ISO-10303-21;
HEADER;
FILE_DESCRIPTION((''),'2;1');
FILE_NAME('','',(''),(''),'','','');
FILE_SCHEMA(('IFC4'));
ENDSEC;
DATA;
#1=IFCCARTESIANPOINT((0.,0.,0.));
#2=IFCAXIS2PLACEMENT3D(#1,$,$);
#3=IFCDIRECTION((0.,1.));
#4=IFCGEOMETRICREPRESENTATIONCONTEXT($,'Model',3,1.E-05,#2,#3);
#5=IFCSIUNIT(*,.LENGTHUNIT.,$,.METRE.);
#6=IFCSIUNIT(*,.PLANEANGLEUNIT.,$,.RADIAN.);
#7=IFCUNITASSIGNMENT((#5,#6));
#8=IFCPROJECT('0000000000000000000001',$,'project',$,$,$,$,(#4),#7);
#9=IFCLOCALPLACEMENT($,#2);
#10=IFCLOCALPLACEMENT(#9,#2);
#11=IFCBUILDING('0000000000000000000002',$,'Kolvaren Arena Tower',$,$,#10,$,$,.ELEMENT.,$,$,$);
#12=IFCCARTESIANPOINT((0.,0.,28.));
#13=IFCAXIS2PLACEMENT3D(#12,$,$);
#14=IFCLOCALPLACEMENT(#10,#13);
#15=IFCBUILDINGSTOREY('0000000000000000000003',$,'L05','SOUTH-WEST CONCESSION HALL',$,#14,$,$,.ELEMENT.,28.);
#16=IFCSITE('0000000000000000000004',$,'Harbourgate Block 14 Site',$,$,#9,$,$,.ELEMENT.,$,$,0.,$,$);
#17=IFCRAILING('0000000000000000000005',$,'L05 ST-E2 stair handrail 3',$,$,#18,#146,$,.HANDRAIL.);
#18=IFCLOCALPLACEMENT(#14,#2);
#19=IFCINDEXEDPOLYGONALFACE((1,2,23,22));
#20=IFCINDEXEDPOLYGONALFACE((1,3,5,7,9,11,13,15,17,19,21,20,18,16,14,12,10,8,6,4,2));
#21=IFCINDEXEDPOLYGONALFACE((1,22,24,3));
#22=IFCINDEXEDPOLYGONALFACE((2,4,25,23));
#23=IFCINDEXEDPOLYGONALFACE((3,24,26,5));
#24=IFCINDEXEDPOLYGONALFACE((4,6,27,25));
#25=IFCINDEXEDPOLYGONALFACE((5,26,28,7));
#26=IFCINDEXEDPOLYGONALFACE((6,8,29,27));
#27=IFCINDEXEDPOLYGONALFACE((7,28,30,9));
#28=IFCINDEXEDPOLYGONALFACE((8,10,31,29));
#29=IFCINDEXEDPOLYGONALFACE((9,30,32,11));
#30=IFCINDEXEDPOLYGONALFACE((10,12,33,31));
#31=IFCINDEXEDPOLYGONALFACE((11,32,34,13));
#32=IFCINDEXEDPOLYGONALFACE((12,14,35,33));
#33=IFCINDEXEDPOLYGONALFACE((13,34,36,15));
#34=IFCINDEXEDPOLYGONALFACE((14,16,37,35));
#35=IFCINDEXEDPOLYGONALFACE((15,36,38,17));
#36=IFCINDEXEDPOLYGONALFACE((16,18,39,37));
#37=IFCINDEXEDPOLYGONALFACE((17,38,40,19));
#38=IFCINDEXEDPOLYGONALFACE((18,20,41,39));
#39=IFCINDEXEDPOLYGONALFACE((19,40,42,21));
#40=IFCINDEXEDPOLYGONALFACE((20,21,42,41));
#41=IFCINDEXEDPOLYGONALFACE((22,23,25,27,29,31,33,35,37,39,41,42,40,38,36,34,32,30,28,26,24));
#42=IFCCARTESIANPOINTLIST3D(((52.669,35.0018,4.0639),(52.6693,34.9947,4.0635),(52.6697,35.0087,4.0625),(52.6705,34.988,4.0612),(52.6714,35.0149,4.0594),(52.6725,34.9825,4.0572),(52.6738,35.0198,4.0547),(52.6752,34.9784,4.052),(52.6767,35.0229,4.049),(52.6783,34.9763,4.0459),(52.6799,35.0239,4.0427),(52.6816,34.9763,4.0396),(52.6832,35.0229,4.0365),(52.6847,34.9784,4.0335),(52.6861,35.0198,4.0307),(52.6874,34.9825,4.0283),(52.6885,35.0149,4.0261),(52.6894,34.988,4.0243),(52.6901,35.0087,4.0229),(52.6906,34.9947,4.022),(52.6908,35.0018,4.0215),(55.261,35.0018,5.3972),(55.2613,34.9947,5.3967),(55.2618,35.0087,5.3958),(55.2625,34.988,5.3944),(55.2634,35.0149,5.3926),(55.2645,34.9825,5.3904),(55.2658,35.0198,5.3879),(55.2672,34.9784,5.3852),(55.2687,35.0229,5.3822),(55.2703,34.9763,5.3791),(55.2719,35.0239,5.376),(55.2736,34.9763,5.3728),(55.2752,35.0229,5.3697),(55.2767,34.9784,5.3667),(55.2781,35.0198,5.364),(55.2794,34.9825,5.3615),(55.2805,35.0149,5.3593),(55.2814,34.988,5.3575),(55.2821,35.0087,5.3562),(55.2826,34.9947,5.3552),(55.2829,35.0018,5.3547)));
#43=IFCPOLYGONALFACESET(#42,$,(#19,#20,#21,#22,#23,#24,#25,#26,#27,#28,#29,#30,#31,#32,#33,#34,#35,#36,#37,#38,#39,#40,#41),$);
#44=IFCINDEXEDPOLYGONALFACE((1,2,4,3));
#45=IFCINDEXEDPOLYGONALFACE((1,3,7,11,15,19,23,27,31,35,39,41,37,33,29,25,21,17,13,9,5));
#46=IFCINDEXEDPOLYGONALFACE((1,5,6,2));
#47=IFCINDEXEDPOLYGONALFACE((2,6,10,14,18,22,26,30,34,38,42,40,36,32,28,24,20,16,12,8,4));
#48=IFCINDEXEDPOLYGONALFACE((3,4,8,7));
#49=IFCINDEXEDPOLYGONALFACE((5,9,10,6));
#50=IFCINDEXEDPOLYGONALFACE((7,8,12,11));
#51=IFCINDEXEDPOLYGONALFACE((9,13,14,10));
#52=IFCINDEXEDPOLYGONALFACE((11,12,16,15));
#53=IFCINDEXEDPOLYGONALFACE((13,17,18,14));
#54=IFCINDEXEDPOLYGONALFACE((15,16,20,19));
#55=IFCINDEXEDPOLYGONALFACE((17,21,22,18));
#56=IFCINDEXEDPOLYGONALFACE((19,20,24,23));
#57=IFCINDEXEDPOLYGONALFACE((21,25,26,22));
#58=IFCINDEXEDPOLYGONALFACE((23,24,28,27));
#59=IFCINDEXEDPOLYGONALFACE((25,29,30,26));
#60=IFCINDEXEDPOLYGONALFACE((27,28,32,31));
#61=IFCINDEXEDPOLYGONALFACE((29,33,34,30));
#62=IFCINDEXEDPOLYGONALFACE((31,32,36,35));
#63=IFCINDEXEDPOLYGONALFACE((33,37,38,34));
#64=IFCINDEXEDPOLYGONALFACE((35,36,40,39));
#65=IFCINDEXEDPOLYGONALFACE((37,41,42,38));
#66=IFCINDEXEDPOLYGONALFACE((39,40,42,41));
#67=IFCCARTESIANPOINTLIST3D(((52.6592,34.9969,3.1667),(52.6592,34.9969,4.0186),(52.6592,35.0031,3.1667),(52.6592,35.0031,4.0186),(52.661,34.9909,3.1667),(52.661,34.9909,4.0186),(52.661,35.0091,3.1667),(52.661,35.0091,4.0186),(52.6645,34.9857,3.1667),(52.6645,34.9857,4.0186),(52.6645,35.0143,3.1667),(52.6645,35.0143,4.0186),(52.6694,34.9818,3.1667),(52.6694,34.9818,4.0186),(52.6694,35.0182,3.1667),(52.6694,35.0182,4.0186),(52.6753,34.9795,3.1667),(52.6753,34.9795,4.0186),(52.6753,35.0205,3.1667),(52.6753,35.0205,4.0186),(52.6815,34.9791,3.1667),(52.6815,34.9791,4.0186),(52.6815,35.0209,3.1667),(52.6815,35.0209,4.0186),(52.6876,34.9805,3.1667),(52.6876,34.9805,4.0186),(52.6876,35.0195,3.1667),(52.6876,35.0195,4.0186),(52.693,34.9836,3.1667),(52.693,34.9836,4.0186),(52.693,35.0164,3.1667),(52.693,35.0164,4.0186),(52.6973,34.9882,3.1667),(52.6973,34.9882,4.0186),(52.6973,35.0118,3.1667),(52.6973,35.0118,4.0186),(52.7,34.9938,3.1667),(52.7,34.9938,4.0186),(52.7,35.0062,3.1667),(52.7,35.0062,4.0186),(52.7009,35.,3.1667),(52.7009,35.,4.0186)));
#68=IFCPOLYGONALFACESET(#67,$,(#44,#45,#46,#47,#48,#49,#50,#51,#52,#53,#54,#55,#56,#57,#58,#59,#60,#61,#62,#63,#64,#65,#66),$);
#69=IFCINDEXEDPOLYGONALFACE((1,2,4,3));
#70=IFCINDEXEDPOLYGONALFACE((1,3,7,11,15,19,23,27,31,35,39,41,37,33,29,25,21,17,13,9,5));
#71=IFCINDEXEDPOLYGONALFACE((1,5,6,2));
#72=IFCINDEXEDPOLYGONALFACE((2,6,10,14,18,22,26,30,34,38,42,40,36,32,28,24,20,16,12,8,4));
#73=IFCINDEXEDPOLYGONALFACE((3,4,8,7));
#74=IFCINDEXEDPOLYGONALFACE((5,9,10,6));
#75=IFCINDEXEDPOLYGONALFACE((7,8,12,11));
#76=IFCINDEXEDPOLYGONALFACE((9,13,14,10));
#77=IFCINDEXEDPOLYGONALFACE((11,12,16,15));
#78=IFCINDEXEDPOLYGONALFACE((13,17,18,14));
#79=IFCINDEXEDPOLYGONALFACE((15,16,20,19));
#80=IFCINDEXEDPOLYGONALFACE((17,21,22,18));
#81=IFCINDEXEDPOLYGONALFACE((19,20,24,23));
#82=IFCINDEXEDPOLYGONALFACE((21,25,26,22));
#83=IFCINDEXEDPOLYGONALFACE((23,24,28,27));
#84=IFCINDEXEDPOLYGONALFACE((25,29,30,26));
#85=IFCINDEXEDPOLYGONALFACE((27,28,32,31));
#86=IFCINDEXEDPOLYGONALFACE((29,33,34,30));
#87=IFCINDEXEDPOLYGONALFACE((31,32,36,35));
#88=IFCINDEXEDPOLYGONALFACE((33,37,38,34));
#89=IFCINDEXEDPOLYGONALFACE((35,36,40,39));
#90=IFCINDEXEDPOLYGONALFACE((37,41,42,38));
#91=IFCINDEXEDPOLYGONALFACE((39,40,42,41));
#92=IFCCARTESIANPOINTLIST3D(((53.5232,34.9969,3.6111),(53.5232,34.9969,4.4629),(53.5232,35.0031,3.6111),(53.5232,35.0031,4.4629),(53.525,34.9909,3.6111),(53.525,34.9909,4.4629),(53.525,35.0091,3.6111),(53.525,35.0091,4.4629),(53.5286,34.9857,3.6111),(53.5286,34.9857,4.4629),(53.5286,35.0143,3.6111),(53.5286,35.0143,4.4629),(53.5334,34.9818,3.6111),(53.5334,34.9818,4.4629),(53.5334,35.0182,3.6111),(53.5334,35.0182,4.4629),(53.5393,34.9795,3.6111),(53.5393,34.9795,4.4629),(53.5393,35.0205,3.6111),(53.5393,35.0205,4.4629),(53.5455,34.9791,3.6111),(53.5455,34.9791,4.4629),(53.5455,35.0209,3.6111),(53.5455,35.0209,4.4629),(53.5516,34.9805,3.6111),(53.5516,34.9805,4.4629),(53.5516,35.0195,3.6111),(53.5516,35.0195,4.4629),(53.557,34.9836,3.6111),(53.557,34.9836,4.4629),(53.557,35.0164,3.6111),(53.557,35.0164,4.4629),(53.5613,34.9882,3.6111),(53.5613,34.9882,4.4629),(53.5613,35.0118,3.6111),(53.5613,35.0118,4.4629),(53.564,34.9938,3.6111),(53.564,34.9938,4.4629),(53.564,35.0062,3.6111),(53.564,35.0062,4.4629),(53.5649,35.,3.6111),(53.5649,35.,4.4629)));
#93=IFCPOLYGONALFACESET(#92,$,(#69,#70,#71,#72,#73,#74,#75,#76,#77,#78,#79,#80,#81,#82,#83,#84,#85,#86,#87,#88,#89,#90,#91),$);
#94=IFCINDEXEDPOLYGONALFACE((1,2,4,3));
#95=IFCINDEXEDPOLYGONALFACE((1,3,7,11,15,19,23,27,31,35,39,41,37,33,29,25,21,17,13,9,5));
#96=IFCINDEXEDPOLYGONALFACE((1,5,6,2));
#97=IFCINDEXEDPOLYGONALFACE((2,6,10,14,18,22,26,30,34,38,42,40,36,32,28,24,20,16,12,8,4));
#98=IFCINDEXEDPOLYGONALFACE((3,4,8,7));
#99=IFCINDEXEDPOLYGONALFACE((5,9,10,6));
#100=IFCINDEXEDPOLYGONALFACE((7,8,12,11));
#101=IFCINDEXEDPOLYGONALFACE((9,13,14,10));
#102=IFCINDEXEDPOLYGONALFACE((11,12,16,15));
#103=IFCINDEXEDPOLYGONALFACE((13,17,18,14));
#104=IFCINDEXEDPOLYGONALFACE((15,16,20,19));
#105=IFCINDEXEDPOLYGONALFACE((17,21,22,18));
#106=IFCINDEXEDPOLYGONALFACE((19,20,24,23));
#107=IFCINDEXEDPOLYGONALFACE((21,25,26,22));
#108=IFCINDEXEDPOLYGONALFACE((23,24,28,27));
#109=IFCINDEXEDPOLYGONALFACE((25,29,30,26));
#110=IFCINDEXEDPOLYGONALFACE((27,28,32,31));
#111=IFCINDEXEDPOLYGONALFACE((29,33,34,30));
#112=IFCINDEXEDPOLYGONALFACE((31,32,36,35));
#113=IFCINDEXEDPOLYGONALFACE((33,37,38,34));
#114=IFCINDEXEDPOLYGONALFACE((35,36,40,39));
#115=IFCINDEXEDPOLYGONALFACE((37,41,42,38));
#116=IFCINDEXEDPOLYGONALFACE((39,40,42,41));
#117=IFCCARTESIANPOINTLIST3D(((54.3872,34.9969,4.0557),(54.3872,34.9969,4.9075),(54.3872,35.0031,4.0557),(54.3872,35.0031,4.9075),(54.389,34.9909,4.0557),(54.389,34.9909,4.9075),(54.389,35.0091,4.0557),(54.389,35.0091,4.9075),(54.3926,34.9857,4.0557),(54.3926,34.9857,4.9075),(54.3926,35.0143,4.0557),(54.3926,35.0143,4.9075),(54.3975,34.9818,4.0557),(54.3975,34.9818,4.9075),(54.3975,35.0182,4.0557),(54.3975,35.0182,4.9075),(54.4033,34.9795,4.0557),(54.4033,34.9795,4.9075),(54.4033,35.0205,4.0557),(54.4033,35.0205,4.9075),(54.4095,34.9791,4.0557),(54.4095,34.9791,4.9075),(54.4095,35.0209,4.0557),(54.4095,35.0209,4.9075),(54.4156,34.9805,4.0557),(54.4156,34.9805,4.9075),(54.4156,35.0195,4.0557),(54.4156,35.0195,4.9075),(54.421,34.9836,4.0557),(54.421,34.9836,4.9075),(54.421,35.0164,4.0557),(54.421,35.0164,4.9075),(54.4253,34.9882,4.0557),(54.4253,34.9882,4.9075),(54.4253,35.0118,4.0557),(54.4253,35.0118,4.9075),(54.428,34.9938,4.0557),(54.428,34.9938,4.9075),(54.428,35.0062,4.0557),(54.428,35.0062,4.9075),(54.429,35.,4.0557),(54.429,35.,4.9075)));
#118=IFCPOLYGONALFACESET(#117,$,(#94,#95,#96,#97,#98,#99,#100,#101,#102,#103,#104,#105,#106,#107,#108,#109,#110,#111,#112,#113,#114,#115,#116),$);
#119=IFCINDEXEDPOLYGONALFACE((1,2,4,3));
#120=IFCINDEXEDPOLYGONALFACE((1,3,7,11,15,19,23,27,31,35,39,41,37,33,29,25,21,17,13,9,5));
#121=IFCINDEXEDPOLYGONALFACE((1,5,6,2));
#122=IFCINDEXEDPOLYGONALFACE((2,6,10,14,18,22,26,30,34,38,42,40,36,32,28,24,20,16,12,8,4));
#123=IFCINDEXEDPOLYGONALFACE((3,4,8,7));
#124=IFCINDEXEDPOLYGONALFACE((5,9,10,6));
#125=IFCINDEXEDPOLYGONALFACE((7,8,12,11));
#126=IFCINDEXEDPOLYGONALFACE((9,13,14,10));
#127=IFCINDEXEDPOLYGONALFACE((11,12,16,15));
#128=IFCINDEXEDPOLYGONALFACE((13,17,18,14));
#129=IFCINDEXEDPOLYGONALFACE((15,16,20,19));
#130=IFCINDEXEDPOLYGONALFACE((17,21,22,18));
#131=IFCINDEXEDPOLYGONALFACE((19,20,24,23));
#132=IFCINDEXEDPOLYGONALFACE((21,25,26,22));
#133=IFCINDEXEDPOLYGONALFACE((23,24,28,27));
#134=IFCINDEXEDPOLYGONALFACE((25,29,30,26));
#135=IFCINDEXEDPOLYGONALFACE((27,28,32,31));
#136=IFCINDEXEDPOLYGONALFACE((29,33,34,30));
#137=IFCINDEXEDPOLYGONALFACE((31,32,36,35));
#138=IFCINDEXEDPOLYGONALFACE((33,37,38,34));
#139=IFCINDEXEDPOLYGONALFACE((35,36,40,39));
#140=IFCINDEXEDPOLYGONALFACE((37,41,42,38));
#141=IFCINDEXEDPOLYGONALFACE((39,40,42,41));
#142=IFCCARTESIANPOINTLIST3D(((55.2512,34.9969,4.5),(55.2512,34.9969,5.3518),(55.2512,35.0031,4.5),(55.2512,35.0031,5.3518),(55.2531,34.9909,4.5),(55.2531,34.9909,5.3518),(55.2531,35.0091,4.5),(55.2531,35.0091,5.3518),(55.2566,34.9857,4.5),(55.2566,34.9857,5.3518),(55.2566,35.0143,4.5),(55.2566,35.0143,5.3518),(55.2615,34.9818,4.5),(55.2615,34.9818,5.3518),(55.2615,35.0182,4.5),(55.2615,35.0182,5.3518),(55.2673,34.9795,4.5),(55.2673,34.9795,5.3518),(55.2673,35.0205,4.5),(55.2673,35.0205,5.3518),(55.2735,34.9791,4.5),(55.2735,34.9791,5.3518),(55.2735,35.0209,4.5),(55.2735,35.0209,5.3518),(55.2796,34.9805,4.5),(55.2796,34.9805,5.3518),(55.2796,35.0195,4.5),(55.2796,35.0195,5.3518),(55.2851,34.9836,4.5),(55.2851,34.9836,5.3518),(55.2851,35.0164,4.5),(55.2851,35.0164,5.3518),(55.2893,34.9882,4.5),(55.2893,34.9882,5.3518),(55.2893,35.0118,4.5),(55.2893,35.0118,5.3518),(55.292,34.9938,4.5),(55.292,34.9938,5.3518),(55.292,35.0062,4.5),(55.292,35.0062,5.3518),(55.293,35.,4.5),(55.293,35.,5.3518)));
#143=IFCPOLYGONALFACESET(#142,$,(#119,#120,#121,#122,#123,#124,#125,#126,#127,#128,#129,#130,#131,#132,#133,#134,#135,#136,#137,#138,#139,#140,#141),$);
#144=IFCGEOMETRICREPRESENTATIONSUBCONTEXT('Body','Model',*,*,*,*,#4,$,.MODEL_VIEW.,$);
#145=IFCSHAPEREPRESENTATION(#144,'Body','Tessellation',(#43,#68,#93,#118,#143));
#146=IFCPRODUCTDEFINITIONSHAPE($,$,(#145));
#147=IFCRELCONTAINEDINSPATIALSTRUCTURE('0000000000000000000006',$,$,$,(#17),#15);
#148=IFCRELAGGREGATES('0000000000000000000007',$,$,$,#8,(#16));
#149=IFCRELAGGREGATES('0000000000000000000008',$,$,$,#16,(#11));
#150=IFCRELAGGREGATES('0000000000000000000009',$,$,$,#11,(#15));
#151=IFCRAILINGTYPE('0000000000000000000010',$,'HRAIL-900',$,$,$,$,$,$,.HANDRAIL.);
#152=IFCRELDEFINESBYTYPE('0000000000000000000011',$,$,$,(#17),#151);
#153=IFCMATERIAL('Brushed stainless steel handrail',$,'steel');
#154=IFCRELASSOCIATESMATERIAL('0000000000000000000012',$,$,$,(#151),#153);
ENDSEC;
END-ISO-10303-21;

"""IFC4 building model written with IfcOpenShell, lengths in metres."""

from ifc_helpers import new_model, si_unit, direction, frame, origin, origin_2d, place, context, subcontext, project, spatial, circle, extrude, material, type_object, element, save


model = new_model("IFC4")

# Units and contexts
model_context = context("Model", 3, precision=1e-05, world=origin(), true_north=direction((0.0, 1.0)))
body_context = subcontext(model_context, "Body", "Model", "MODEL_VIEW")
ifc_project = project(units=[si_unit("LENGTHUNIT", "METRE"), si_unit("PLANEANGLEUNIT", "RADIAN")], contexts=[model_context])

# Site, building, storey
site_placement = place(None, origin())
site = spatial("IfcSite", under=ifc_project, at=site_placement, Name="Harbourgate Block 14 Site", CompositionType="ELEMENT", RefElevation=0.0)
building_placement = place(site_placement, origin())
building = spatial("IfcBuilding", under=site, at=building_placement, Name="Kolvaren Arena Tower", CompositionType="ELEMENT")
storey_placement = place(building_placement, frame((0.0, 0.0, 28.0)))
storey = spatial("IfcBuildingStorey", under=building, at=storey_placement, Name="L05", Description="SOUTH-WEST CONCESSION HALL", CompositionType="ELEMENT", Elevation=28.0)

# Railing
ifc_material_1 = material(Name="Brushed stainless steel handrail", Category="steel")
railing_type_1 = type_object("IfcRailingType", Name="HRAIL-900", PredefinedType="HANDRAIL", material=ifc_material_1)
for number, where, name in (
    (1, (52.6799, 35.0, 3.1667), "L05 ST-E2 stair handrail 3"),
):
    element("IfcRailing", number, at=place(storey_placement, frame(where)), inside=storey, type_object=railing_type_1, Name=name, PredefinedType="HANDRAIL", context=body_context, shape_type="SweptSolid", body=[
        extrude(circle(Radius=0.0239, at=origin_2d()), frame((0.0, 0.0, 0.876), z_axis=(0.88926, 0.0, 0.457403), x_axis=(0.0, 1.0, 0.0)), (0.0, 0.0, 1.0), 2.9148),
        extrude(circle(Radius=0.021, at=origin_2d()), origin(), (0.0, 0.0, 1.0), 0.8518),
        extrude(circle(Radius=0.021, at=origin_2d()), frame((0.864, 0.0, 0.4443)), (0.0, 0.0, 1.0), 0.8518),
        extrude(circle(Radius=0.021, at=origin_2d()), frame((1.728, 0.0, 0.8889)), (0.0, 0.0, 1.0), 0.8518),
        extrude(circle(Radius=0.021, at=origin_2d()), frame((2.592, 0.0, 1.3333)), (0.0, 0.0, 1.0), 0.8518),
    ])

save(model, "model.ifc")
